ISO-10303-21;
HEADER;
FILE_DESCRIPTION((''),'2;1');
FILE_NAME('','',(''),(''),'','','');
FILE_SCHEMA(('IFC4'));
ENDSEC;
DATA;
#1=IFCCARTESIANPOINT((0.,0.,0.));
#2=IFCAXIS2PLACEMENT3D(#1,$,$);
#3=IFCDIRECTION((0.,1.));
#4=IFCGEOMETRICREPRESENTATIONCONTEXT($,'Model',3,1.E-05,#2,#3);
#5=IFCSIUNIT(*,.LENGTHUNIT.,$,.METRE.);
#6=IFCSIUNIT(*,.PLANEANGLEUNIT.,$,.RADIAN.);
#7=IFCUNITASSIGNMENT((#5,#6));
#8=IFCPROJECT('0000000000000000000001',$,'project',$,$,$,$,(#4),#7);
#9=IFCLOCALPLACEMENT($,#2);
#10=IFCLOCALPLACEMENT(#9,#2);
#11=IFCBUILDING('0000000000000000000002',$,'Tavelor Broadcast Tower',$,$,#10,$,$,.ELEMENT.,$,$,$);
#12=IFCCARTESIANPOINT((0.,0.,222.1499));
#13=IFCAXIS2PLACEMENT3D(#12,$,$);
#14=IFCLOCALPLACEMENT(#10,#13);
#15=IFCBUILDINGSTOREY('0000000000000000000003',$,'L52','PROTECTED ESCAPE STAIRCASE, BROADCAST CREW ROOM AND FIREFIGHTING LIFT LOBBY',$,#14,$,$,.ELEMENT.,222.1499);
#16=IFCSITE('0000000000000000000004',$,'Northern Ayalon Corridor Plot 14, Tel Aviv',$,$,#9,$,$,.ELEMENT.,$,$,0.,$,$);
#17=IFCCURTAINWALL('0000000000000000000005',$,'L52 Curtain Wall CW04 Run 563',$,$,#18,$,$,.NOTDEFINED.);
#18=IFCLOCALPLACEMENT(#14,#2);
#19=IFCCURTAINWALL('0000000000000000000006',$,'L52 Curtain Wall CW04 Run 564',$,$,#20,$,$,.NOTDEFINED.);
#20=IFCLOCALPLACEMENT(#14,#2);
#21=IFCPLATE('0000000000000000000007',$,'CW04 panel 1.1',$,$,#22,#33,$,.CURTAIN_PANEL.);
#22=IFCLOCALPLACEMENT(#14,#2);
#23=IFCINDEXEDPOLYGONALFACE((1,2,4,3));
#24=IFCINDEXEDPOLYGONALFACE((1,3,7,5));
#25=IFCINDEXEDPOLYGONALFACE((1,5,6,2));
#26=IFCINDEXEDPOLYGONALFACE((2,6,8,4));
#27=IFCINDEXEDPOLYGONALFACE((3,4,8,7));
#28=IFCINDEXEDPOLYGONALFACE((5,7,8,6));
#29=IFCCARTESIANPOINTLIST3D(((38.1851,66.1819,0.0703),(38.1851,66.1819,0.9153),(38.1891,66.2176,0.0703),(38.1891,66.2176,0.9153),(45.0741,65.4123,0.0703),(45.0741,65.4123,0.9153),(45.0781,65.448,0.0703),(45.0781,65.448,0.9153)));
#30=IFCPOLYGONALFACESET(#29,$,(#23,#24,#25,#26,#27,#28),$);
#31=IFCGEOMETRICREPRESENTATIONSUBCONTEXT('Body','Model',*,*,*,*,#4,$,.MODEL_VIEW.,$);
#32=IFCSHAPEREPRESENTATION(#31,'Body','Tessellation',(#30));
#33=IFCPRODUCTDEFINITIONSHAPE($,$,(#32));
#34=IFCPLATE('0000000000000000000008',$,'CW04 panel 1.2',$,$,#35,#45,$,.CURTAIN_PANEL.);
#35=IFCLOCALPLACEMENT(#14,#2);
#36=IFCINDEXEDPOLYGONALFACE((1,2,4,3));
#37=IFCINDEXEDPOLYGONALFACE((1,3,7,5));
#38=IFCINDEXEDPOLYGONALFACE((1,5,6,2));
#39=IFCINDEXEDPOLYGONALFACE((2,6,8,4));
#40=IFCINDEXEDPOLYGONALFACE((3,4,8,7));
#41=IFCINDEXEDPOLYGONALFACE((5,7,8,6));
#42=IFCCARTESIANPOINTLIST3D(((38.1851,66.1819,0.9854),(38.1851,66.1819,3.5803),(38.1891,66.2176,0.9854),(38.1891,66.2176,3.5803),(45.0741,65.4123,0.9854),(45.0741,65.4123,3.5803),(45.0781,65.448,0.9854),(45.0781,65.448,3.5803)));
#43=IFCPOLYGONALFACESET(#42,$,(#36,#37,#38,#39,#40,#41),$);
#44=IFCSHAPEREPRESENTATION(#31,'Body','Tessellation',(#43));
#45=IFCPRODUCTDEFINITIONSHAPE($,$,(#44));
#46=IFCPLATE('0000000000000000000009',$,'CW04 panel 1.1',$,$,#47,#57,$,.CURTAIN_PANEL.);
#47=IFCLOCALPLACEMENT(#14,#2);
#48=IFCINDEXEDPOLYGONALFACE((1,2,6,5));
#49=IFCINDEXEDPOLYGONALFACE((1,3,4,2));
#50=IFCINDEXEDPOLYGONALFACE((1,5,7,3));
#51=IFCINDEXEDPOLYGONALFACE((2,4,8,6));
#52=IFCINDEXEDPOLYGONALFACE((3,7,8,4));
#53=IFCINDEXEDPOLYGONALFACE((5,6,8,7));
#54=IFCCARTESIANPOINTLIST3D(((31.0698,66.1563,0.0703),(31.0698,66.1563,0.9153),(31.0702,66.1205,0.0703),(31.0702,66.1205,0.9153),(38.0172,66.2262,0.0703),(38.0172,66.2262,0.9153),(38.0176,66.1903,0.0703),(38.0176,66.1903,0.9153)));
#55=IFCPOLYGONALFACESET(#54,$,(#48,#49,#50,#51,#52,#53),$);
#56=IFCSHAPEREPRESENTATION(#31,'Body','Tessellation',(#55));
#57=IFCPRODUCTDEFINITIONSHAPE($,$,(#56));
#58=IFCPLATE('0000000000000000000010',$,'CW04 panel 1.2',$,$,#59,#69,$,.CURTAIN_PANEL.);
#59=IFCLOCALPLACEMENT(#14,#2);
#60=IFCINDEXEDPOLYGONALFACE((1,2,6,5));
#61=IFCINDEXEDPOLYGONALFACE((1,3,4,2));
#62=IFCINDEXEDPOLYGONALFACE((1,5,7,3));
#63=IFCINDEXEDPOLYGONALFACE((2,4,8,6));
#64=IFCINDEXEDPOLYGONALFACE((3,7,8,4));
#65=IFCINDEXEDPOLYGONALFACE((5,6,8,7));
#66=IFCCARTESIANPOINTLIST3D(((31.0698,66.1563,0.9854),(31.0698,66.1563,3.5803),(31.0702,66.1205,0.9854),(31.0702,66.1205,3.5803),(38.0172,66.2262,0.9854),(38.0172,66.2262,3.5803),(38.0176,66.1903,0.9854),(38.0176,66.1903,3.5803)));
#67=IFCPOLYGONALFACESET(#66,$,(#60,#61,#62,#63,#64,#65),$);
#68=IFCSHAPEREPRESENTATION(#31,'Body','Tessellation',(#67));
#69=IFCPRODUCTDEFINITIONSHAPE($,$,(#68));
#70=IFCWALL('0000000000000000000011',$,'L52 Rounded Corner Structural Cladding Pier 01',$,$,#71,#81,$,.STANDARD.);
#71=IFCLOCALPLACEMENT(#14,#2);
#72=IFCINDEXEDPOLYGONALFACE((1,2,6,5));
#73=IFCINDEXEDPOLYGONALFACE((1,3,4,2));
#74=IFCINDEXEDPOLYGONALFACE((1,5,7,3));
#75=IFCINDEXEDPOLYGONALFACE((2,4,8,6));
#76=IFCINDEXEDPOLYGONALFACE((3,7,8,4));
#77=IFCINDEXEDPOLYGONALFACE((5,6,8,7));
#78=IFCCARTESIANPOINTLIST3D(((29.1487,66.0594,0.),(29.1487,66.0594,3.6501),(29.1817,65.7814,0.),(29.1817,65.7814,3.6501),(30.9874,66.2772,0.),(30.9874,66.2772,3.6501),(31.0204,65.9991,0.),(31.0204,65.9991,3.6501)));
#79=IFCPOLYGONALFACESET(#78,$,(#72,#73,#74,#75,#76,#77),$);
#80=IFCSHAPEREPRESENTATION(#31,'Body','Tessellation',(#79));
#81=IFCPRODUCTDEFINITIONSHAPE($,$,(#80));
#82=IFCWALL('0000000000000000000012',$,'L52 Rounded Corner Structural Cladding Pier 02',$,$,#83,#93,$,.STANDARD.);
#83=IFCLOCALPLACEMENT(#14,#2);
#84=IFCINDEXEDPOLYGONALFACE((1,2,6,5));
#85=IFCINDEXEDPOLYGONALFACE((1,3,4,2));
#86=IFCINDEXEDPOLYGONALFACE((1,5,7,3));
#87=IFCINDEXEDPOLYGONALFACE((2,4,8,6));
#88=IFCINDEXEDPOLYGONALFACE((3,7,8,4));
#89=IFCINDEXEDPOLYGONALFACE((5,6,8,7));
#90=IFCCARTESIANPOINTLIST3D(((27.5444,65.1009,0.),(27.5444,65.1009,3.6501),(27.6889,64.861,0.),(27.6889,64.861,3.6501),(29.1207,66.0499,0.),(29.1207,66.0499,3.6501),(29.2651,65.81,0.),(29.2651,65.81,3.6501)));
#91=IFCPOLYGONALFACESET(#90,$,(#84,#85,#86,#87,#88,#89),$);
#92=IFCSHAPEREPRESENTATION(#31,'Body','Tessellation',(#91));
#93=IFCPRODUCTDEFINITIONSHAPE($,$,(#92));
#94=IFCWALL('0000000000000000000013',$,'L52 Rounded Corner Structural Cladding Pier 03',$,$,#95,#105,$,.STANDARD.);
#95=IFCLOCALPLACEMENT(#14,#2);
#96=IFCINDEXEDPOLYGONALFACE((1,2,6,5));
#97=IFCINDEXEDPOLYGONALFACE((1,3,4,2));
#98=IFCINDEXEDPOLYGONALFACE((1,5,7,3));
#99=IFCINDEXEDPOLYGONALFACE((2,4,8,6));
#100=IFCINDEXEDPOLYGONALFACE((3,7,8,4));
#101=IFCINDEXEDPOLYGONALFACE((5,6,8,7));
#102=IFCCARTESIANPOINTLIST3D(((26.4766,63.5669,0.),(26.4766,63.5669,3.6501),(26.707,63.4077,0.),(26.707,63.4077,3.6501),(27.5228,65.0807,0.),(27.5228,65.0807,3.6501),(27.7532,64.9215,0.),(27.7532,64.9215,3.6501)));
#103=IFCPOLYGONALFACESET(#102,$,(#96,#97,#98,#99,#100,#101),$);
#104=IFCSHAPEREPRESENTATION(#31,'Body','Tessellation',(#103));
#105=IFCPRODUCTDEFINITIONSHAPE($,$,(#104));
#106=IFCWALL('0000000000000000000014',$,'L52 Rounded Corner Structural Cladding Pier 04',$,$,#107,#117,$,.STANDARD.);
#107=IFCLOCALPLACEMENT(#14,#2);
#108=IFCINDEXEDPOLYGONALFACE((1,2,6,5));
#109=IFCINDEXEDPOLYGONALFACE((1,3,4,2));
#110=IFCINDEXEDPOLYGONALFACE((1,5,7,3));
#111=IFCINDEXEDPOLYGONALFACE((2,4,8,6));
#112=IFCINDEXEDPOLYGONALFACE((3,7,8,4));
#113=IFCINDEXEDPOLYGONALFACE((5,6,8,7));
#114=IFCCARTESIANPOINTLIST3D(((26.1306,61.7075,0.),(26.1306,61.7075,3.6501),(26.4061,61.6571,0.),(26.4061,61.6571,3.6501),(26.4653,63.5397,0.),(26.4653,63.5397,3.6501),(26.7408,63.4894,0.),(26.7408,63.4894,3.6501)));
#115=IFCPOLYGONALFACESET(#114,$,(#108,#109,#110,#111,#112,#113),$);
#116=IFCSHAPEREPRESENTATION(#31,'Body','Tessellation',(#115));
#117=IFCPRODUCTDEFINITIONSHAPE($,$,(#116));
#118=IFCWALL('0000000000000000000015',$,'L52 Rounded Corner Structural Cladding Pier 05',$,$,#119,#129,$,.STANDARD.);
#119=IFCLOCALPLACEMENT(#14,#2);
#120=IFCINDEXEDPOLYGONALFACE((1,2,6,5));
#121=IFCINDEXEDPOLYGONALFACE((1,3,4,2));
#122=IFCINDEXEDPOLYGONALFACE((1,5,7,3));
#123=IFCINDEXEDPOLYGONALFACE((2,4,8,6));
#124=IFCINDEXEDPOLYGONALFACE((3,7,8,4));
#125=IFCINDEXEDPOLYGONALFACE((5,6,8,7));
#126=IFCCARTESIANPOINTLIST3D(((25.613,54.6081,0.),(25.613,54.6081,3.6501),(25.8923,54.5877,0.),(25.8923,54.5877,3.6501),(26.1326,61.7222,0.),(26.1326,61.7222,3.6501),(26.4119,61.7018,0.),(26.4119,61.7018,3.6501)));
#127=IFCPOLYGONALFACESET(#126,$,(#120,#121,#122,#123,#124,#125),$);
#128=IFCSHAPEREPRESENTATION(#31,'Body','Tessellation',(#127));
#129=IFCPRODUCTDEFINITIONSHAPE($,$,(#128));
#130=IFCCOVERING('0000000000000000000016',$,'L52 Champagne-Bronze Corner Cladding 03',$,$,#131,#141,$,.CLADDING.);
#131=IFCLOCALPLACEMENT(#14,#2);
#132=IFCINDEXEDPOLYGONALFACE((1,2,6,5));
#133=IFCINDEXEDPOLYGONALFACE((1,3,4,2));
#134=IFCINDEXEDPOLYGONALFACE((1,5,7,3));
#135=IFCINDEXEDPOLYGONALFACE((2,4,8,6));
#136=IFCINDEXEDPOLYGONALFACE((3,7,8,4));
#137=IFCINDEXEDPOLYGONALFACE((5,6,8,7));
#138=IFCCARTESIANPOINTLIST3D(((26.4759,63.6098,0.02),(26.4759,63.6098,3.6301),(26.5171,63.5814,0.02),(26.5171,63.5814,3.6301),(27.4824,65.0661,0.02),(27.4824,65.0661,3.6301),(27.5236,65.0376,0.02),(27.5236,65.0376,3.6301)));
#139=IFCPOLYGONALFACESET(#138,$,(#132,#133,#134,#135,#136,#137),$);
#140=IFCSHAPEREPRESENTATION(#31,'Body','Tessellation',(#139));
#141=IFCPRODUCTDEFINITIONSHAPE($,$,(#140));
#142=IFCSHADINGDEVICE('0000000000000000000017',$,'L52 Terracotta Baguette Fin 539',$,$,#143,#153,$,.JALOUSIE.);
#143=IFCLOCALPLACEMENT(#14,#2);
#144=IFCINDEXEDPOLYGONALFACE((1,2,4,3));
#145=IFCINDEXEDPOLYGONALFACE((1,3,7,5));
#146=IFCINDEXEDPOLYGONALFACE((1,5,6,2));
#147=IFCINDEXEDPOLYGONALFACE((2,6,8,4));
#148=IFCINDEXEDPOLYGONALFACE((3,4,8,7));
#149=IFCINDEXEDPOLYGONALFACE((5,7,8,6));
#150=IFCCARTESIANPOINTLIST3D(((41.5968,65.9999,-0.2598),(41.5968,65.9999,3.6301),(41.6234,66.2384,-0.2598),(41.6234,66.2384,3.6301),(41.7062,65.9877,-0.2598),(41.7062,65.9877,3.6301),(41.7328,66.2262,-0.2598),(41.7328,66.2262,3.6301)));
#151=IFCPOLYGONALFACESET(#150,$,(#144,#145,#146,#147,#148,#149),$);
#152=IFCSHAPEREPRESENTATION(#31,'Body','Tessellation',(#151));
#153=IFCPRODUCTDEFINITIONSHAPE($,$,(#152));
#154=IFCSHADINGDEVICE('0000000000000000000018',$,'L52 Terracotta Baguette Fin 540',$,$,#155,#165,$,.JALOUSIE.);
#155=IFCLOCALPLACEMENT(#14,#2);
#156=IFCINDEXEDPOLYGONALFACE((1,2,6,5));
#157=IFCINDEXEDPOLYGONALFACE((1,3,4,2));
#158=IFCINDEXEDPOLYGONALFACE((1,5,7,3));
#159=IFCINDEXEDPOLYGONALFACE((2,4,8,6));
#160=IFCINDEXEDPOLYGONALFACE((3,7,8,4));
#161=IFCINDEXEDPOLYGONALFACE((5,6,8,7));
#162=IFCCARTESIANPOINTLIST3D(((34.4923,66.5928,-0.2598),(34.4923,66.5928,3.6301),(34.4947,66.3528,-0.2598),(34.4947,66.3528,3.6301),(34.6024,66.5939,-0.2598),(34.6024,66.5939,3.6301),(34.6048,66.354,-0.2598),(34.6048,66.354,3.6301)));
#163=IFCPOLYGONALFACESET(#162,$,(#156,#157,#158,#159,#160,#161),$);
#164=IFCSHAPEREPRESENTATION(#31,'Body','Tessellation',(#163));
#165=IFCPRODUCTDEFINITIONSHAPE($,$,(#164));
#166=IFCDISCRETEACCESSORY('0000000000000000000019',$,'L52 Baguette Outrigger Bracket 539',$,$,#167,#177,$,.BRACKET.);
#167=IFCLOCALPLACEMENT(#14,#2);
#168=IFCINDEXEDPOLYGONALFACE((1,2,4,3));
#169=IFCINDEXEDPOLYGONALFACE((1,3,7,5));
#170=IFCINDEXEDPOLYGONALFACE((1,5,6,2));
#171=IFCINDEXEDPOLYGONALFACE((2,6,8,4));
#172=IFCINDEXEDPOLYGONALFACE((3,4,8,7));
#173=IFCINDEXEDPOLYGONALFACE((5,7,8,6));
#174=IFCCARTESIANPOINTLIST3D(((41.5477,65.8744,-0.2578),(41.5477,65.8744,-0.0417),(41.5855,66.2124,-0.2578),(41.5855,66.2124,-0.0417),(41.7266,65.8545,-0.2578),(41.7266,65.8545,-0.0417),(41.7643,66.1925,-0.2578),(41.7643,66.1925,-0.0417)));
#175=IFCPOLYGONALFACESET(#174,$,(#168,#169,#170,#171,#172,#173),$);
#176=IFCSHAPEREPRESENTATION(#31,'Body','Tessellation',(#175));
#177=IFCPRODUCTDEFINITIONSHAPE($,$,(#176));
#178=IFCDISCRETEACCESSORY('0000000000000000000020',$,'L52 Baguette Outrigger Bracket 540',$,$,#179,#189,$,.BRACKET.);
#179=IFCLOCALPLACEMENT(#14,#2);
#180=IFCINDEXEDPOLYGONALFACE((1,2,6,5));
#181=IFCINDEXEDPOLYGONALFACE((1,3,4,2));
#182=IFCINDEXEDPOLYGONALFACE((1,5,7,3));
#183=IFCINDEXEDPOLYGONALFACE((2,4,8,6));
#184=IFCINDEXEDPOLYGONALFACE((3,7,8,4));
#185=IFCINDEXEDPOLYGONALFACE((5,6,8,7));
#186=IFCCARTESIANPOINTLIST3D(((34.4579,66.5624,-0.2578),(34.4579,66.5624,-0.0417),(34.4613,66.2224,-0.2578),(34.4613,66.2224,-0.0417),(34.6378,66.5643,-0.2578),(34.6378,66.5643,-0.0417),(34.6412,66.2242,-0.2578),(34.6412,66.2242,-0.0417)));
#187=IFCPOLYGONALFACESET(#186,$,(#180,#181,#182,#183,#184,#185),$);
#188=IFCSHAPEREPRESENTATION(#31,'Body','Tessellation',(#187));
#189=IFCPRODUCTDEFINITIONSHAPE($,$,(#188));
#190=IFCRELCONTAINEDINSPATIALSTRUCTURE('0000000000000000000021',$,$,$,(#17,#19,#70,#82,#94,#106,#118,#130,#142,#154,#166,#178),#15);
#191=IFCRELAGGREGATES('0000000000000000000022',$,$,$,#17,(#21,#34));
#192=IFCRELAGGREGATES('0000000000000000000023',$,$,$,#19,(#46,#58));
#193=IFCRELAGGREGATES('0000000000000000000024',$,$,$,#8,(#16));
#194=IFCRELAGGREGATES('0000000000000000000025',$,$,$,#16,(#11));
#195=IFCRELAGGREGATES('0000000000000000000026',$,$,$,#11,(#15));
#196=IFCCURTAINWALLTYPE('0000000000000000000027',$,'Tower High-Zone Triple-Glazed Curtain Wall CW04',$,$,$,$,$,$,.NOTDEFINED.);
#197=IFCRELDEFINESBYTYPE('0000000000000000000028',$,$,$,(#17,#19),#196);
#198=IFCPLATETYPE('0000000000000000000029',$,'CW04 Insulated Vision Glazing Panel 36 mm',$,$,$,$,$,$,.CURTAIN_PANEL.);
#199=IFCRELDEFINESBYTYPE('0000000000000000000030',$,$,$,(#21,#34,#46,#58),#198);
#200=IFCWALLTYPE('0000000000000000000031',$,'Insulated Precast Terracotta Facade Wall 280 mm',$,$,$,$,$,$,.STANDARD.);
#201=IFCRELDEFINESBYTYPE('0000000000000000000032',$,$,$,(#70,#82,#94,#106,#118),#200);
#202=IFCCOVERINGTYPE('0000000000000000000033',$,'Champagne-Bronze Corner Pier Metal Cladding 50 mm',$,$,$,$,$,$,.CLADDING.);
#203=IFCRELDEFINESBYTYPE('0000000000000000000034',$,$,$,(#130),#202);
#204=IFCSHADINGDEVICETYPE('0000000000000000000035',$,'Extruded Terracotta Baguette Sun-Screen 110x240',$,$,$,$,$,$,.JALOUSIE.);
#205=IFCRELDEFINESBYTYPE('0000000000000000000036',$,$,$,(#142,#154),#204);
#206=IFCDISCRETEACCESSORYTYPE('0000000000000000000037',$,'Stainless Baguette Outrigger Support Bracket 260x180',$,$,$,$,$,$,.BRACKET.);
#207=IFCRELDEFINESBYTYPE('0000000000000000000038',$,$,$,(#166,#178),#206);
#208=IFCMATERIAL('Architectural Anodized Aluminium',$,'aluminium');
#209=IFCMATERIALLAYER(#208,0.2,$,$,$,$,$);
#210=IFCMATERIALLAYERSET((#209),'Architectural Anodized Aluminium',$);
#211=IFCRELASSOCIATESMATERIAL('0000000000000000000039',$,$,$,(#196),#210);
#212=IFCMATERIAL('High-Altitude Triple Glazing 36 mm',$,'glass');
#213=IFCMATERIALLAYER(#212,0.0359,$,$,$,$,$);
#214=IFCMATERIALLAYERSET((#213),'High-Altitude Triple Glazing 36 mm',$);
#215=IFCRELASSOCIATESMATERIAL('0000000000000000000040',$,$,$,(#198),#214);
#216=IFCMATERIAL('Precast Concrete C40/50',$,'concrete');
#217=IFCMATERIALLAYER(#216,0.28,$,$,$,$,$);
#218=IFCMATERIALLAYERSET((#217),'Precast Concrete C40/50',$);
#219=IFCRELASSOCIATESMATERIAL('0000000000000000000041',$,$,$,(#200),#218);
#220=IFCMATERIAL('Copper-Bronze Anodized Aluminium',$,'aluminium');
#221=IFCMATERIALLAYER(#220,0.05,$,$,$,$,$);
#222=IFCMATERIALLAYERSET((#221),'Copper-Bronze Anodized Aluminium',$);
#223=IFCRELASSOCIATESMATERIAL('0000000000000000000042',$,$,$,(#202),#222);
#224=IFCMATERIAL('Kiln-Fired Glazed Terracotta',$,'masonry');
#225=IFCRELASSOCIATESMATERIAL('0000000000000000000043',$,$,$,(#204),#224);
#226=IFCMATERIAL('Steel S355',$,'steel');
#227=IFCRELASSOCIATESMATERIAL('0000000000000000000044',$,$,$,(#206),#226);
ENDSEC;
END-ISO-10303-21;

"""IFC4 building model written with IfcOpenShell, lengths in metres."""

from ifc_helpers import new_model, si_unit, direction, frame, frame_2d, origin, origin_2d, place, context, subcontext, project, spatial, rectangle, extrude, source, transform, mapped, material, layer, layer_set, type_object, type_shapes, element, aggregate, save


model = new_model("IFC4")

# Units and contexts
model_context = context("Model", 3, precision=1e-05, world=origin(), true_north=direction((0.0, 1.0)))
body_context = subcontext(model_context, "Body", "Model", "MODEL_VIEW")
ifc_project = project(units=[si_unit("LENGTHUNIT", "METRE"), si_unit("PLANEANGLEUNIT", "RADIAN")], contexts=[model_context])

# Site, building, storey
site_placement = place(None, origin())
site = spatial("IfcSite", under=ifc_project, at=site_placement, Name="Northern Ayalon Corridor Plot 14, Tel Aviv", CompositionType="ELEMENT", RefElevation=0.0)
building_placement = place(site_placement, origin())
building = spatial("IfcBuilding", under=site, at=building_placement, Name="Tavelor Broadcast Tower", CompositionType="ELEMENT")
storey_placement = place(building_placement, frame((0.0, 0.0, 222.1499)))
storey = spatial("IfcBuildingStorey", under=building, at=storey_placement, Name="L52", Description="PROTECTED ESCAPE STAIRCASE, BROADCAST CREW ROOM AND FIREFIGHTING LIFT LOBBY", CompositionType="ELEMENT", Elevation=222.1499)

# Shared definitions
ifc_material_1 = material(Name="Steel S355", Category="steel")

# Curtain wall
ifc_material_2 = material(Name="Architectural Anodized Aluminium", Category="aluminium")
ifc_layer_1 = layer(ifc_material_2, 0.2)
ifc_layer_set_1 = layer_set([ifc_layer_1], Name="Architectural Anodized Aluminium")
curtain_wall_type = type_object("IfcCurtainWallType", Name="Tower High-Zone Triple-Glazed Curtain Wall CW04", PredefinedType="NOTDEFINED", material=ifc_layer_set_1)
curtain_wall_1_placement = place(storey_placement, origin())
curtain_wall_1 = element("IfcCurtainWall", 1, at=curtain_wall_1_placement, inside=storey, type_object=curtain_wall_type, Name="L52 Curtain Wall CW04 Run 563", PredefinedType="NOTDEFINED")

# Curtain wall
curtain_wall_2_placement = place(storey_placement, origin())
curtain_wall_2 = element("IfcCurtainWall", 2, at=curtain_wall_2_placement, inside=storey, type_object=curtain_wall_type, Name="L52 Curtain Wall CW04 Run 564", PredefinedType="NOTDEFINED")

# Plates
ifc_material_3 = material(Name="High-Altitude Triple Glazing 36 mm", Category="glass")
ifc_layer_2 = layer(ifc_material_3, 0.0359)
ifc_layer_set_2 = layer_set([ifc_layer_2], Name="High-Altitude Triple Glazing 36 mm")
plate_type_1 = type_object("IfcPlateType", Name="CW04 Insulated Vision Glazing Panel 36 mm", PredefinedType="CURTAIN_PANEL", material=ifc_layer_set_2)
shared_shape_1 = source(origin(), body_context, "Body", "SweptSolid", [
    extrude(rectangle(XDim=6.9319, YDim=0.0359, at=origin_2d()), origin(), (0.0, 0.0, 1.0), 0.845),
])
plate_1_placement = place(storey_placement, frame((41.6316, 65.8149, 0.0703), z_axis=(0.0, 0.0, 1.0), x_axis=(-0.993819, 0.111017, 0.0)))
plate_1 = element("IfcPlate", 3, at=plate_1_placement, type_object=plate_type_1, Name="CW04 panel 1.1", PredefinedType="CURTAIN_PANEL", context=body_context, shape_type="MappedRepresentation", body=[
    mapped(shared_shape_1, transform((0.0, 0.0, 0.0), scale=1.0)),
])
shared_shape_2 = source(origin(), body_context, "Body", "SweptSolid", [
    extrude(rectangle(XDim=6.9319, YDim=0.0359, at=origin_2d()), origin(), (0.0, 0.0, 1.0), 2.595),
])
plate_2_placement = place(storey_placement, frame((41.6316, 65.8149, 0.9854), z_axis=(0.0, 0.0, 1.0), x_axis=(-0.993819, 0.111017, 0.0)))
plate_2 = element("IfcPlate", 4, at=plate_2_placement, type_object=plate_type_1, Name="CW04 panel 1.2", PredefinedType="CURTAIN_PANEL", context=body_context, shape_type="MappedRepresentation", body=[
    mapped(shared_shape_2, transform((0.0, 0.0, 0.0), scale=1.0)),
])
aggregate(curtain_wall_1, [plate_1, plate_2])
shared_shape_3 = source(origin(), body_context, "Body", "SweptSolid", [
    extrude(rectangle(XDim=6.9478, YDim=0.0359, at=origin_2d()), origin(), (0.0, 0.0, 1.0), 0.845),
])
plate_3_placement = place(storey_placement, frame((34.5437, 66.1733, 0.0703), z_axis=(0.0, 0.0, 1.0), x_axis=(-0.999949, -0.01006, 0.0)))
plate_3 = element("IfcPlate", 5, at=plate_3_placement, type_object=plate_type_1, Name="CW04 panel 1.1", PredefinedType="CURTAIN_PANEL", context=body_context, shape_type="MappedRepresentation", body=[
    mapped(shared_shape_3, transform((0.0, 0.0, 0.0), scale=1.0)),
])
shared_shape_4 = source(origin(), body_context, "Body", "SweptSolid", [
    extrude(rectangle(XDim=6.9478, YDim=0.0359, at=origin_2d()), origin(), (0.0, 0.0, 1.0), 2.595),
])
type_shapes(plate_type_1, [shared_shape_1, shared_shape_2, shared_shape_3, shared_shape_4])
plate_4_placement = place(storey_placement, frame((34.5437, 66.1733, 0.9854), z_axis=(0.0, 0.0, 1.0), x_axis=(-0.999949, -0.01006, 0.0)))
plate_4 = element("IfcPlate", 6, at=plate_4_placement, type_object=plate_type_1, Name="CW04 panel 1.2", PredefinedType="CURTAIN_PANEL", context=body_context, shape_type="MappedRepresentation", body=[
    mapped(shared_shape_4, transform((0.0, 0.0, 0.0), scale=1.0)),
])
aggregate(curtain_wall_2, [plate_3, plate_4])

# Walls
ifc_material_4 = material(Name="Precast Concrete C40/50", Category="concrete")
ifc_layer_3 = layer(ifc_material_4, 0.28)
ifc_layer_set_3 = layer_set([ifc_layer_3], Name="Precast Concrete C40/50")
wall_type = type_object("IfcWallType", Name="Insulated Precast Terracotta Facade Wall 280 mm", PredefinedType="STANDARD", material=ifc_layer_set_3)
wall_1_placement = place(storey_placement, frame((31.0039, 66.1382, 0.0), z_axis=(0.0, 0.0, 1.0), x_axis=(-0.993058, -0.117622, 0.0)))
element("IfcWall", 7, at=wall_1_placement, inside=storey, type_object=wall_type, Name="L52 Rounded Corner Structural Cladding Pier 01", PredefinedType="STANDARD", context=body_context, shape_type="SweptSolid", body=[
    extrude(rectangle(XDim=1.8516, YDim=0.28, at=frame_2d((0.9258, 0.0))), origin(), (0.0, 0.0, 1.0), 3.6501),
])
wall_2_placement = place(storey_placement, frame((29.1929, 65.9299, 0.0), z_axis=(0.0, 0.0, 1.0), x_axis=(-0.856707, -0.515803, 0.0)))
element("IfcWall", 8, at=wall_2_placement, inside=storey, type_object=wall_type, Name="L52 Rounded Corner Structural Cladding Pier 02", PredefinedType="STANDARD", context=body_context, shape_type="SweptSolid", body=[
    extrude(rectangle(XDim=1.8398, YDim=0.28, at=frame_2d((0.9199, 0.0))), origin(), (0.0, 0.0, 1.0), 3.6501),
])
wall_3_placement = place(storey_placement, frame((27.6379, 65.001, 0.0), z_axis=(0.0, 0.0, 1.0), x_axis=(-0.568554, -0.822646, 0.0)))
element("IfcWall", 9, at=wall_3_placement, inside=storey, type_object=wall_type, Name="L52 Rounded Corner Structural Cladding Pier 03", PredefinedType="STANDARD", context=body_context, shape_type="SweptSolid", body=[
    extrude(rectangle(XDim=1.8401, YDim=0.28, at=frame_2d((0.9199, 0.0))), origin(), (0.0, 0.0, 1.0), 3.6501),
])
wall_4_placement = place(storey_placement, frame((26.603, 63.5144, 0.0), z_axis=(0.0, 0.0, 1.0), x_axis=(-0.179704, -0.983721, 0.0)))
element("IfcWall", 10, at=wall_4_placement, inside=storey, type_object=wall_type, Name="L52 Rounded Corner Structural Cladding Pier 04", PredefinedType="STANDARD", context=body_context, shape_type="SweptSolid", body=[
    extrude(rectangle(XDim=1.8625, YDim=0.28, at=frame_2d((0.9312, 0.0))), origin(), (0.0, 0.0, 1.0), 3.6501),
])
wall_5_placement = place(storey_placement, frame((26.2722, 61.7119, 0.0), z_axis=(0.0, 0.0, 1.0), x_axis=(-0.072835, -0.997344, 0.0)))
element("IfcWall", 11, at=wall_5_placement, inside=storey, type_object=wall_type, Name="L52 Rounded Corner Structural Cladding Pier 05", PredefinedType="STANDARD", context=body_context, shape_type="SweptSolid", body=[
    extrude(rectangle(XDim=7.1331, YDim=0.28, at=frame_2d((3.5664, 0.0))), origin(), (0.0, 0.0, 1.0), 3.6501),
])

# Covering
ifc_material_5 = material(Name="Copper-Bronze Anodized Aluminium", Category="aluminium")
ifc_layer_4 = layer(ifc_material_5, 0.05)
ifc_layer_set_4 = layer_set([ifc_layer_4], Name="Copper-Bronze Anodized Aluminium")
covering_type = type_object("IfcCoveringType", Name="Champagne-Bronze Corner Pier Metal Cladding 50 mm", PredefinedType="CLADDING", material=ifc_layer_set_4)
covering_placement = place(storey_placement, frame((26.9998, 64.3237, 0.02), z_axis=(0.0, 0.0, 1.0), x_axis=(-0.568562, -0.822641, 0.0)))
element("IfcCovering", 12, at=covering_placement, inside=storey, type_object=covering_type, Name="L52 Champagne-Bronze Corner Cladding 03", PredefinedType="CLADDING", context=body_context, shape_type="SweptSolid", body=[
    extrude(rectangle(XDim=1.7703, YDim=0.05, at=origin_2d()), origin(), (0.0, 0.0, 1.0), 3.6101),
])

# Shading devices
ifc_material_6 = material(Name="Kiln-Fired Glazed Terracotta", Category="masonry")
shading_device_type = type_object("IfcShadingDeviceType", Name="Extruded Terracotta Baguette Sun-Screen 110x240", PredefinedType="JALOUSIE", material=ifc_material_6)
shared_shape_5 = source(origin(), body_context, "Body", "SweptSolid", [
    extrude(rectangle(XDim=0.1101, YDim=0.24, at=origin_2d()), origin(), (0.0, 0.0, 1.0), 3.8899),
])
type_shapes(shading_device_type, [shared_shape_5])
for number, where, z_axis, x_axis, name in (
    (13, (41.6648, 66.113, -0.2598), (0.0, 0.0, 1.0), (-0.993826, 0.110949, 0.0), "L52 Terracotta Baguette Fin 539"),
    (14, (34.5486, 66.4734, -0.2598), (0.0, 0.0, 1.0), (-0.999949, -0.010123, 0.0), "L52 Terracotta Baguette Fin 540"),
):
    element("IfcShadingDevice", number, at=place(storey_placement, frame(where, z_axis=z_axis, x_axis=x_axis)), inside=storey, type_object=shading_device_type, Name=name, PredefinedType="JALOUSIE", context=body_context, shape_type="MappedRepresentation", body=[
        mapped(shared_shape_5, transform((0.0, 0.0, 0.0), scale=1.0)),
    ])

# Discrete accessories
discrete_accessory_type = type_object("IfcDiscreteAccessoryType", Name="Stainless Baguette Outrigger Support Bracket 260x180", PredefinedType="BRACKET", material=ifc_material_1)
shared_shape_6 = source(origin(), body_context, "Body", "SweptSolid", [
    extrude(rectangle(XDim=0.1799, YDim=0.3401, at=origin_2d()), origin(), (0.0, 0.0, 1.0), 0.2161),
])
type_shapes(discrete_accessory_type, [shared_shape_6])
for number, where, z_axis, x_axis, name in (
    (15, (41.656, 66.0334, -0.2578), (0.0, 0.0, 1.0), (-0.993826, 0.110949, 0.0), "L52 Baguette Outrigger Bracket 539"),
    (16, (34.5496, 66.3933, -0.2578), (0.0, 0.0, 1.0), (-0.999949, -0.010123, 0.0), "L52 Baguette Outrigger Bracket 540"),
):
    element("IfcDiscreteAccessory", number, at=place(storey_placement, frame(where, z_axis=z_axis, x_axis=x_axis)), inside=storey, type_object=discrete_accessory_type, Name=name, PredefinedType="BRACKET", context=body_context, shape_type="MappedRepresentation", body=[
        mapped(shared_shape_6, transform((0.0, 0.0, 0.0), scale=1.0)),
    ])

save(model, "model.ifc")
